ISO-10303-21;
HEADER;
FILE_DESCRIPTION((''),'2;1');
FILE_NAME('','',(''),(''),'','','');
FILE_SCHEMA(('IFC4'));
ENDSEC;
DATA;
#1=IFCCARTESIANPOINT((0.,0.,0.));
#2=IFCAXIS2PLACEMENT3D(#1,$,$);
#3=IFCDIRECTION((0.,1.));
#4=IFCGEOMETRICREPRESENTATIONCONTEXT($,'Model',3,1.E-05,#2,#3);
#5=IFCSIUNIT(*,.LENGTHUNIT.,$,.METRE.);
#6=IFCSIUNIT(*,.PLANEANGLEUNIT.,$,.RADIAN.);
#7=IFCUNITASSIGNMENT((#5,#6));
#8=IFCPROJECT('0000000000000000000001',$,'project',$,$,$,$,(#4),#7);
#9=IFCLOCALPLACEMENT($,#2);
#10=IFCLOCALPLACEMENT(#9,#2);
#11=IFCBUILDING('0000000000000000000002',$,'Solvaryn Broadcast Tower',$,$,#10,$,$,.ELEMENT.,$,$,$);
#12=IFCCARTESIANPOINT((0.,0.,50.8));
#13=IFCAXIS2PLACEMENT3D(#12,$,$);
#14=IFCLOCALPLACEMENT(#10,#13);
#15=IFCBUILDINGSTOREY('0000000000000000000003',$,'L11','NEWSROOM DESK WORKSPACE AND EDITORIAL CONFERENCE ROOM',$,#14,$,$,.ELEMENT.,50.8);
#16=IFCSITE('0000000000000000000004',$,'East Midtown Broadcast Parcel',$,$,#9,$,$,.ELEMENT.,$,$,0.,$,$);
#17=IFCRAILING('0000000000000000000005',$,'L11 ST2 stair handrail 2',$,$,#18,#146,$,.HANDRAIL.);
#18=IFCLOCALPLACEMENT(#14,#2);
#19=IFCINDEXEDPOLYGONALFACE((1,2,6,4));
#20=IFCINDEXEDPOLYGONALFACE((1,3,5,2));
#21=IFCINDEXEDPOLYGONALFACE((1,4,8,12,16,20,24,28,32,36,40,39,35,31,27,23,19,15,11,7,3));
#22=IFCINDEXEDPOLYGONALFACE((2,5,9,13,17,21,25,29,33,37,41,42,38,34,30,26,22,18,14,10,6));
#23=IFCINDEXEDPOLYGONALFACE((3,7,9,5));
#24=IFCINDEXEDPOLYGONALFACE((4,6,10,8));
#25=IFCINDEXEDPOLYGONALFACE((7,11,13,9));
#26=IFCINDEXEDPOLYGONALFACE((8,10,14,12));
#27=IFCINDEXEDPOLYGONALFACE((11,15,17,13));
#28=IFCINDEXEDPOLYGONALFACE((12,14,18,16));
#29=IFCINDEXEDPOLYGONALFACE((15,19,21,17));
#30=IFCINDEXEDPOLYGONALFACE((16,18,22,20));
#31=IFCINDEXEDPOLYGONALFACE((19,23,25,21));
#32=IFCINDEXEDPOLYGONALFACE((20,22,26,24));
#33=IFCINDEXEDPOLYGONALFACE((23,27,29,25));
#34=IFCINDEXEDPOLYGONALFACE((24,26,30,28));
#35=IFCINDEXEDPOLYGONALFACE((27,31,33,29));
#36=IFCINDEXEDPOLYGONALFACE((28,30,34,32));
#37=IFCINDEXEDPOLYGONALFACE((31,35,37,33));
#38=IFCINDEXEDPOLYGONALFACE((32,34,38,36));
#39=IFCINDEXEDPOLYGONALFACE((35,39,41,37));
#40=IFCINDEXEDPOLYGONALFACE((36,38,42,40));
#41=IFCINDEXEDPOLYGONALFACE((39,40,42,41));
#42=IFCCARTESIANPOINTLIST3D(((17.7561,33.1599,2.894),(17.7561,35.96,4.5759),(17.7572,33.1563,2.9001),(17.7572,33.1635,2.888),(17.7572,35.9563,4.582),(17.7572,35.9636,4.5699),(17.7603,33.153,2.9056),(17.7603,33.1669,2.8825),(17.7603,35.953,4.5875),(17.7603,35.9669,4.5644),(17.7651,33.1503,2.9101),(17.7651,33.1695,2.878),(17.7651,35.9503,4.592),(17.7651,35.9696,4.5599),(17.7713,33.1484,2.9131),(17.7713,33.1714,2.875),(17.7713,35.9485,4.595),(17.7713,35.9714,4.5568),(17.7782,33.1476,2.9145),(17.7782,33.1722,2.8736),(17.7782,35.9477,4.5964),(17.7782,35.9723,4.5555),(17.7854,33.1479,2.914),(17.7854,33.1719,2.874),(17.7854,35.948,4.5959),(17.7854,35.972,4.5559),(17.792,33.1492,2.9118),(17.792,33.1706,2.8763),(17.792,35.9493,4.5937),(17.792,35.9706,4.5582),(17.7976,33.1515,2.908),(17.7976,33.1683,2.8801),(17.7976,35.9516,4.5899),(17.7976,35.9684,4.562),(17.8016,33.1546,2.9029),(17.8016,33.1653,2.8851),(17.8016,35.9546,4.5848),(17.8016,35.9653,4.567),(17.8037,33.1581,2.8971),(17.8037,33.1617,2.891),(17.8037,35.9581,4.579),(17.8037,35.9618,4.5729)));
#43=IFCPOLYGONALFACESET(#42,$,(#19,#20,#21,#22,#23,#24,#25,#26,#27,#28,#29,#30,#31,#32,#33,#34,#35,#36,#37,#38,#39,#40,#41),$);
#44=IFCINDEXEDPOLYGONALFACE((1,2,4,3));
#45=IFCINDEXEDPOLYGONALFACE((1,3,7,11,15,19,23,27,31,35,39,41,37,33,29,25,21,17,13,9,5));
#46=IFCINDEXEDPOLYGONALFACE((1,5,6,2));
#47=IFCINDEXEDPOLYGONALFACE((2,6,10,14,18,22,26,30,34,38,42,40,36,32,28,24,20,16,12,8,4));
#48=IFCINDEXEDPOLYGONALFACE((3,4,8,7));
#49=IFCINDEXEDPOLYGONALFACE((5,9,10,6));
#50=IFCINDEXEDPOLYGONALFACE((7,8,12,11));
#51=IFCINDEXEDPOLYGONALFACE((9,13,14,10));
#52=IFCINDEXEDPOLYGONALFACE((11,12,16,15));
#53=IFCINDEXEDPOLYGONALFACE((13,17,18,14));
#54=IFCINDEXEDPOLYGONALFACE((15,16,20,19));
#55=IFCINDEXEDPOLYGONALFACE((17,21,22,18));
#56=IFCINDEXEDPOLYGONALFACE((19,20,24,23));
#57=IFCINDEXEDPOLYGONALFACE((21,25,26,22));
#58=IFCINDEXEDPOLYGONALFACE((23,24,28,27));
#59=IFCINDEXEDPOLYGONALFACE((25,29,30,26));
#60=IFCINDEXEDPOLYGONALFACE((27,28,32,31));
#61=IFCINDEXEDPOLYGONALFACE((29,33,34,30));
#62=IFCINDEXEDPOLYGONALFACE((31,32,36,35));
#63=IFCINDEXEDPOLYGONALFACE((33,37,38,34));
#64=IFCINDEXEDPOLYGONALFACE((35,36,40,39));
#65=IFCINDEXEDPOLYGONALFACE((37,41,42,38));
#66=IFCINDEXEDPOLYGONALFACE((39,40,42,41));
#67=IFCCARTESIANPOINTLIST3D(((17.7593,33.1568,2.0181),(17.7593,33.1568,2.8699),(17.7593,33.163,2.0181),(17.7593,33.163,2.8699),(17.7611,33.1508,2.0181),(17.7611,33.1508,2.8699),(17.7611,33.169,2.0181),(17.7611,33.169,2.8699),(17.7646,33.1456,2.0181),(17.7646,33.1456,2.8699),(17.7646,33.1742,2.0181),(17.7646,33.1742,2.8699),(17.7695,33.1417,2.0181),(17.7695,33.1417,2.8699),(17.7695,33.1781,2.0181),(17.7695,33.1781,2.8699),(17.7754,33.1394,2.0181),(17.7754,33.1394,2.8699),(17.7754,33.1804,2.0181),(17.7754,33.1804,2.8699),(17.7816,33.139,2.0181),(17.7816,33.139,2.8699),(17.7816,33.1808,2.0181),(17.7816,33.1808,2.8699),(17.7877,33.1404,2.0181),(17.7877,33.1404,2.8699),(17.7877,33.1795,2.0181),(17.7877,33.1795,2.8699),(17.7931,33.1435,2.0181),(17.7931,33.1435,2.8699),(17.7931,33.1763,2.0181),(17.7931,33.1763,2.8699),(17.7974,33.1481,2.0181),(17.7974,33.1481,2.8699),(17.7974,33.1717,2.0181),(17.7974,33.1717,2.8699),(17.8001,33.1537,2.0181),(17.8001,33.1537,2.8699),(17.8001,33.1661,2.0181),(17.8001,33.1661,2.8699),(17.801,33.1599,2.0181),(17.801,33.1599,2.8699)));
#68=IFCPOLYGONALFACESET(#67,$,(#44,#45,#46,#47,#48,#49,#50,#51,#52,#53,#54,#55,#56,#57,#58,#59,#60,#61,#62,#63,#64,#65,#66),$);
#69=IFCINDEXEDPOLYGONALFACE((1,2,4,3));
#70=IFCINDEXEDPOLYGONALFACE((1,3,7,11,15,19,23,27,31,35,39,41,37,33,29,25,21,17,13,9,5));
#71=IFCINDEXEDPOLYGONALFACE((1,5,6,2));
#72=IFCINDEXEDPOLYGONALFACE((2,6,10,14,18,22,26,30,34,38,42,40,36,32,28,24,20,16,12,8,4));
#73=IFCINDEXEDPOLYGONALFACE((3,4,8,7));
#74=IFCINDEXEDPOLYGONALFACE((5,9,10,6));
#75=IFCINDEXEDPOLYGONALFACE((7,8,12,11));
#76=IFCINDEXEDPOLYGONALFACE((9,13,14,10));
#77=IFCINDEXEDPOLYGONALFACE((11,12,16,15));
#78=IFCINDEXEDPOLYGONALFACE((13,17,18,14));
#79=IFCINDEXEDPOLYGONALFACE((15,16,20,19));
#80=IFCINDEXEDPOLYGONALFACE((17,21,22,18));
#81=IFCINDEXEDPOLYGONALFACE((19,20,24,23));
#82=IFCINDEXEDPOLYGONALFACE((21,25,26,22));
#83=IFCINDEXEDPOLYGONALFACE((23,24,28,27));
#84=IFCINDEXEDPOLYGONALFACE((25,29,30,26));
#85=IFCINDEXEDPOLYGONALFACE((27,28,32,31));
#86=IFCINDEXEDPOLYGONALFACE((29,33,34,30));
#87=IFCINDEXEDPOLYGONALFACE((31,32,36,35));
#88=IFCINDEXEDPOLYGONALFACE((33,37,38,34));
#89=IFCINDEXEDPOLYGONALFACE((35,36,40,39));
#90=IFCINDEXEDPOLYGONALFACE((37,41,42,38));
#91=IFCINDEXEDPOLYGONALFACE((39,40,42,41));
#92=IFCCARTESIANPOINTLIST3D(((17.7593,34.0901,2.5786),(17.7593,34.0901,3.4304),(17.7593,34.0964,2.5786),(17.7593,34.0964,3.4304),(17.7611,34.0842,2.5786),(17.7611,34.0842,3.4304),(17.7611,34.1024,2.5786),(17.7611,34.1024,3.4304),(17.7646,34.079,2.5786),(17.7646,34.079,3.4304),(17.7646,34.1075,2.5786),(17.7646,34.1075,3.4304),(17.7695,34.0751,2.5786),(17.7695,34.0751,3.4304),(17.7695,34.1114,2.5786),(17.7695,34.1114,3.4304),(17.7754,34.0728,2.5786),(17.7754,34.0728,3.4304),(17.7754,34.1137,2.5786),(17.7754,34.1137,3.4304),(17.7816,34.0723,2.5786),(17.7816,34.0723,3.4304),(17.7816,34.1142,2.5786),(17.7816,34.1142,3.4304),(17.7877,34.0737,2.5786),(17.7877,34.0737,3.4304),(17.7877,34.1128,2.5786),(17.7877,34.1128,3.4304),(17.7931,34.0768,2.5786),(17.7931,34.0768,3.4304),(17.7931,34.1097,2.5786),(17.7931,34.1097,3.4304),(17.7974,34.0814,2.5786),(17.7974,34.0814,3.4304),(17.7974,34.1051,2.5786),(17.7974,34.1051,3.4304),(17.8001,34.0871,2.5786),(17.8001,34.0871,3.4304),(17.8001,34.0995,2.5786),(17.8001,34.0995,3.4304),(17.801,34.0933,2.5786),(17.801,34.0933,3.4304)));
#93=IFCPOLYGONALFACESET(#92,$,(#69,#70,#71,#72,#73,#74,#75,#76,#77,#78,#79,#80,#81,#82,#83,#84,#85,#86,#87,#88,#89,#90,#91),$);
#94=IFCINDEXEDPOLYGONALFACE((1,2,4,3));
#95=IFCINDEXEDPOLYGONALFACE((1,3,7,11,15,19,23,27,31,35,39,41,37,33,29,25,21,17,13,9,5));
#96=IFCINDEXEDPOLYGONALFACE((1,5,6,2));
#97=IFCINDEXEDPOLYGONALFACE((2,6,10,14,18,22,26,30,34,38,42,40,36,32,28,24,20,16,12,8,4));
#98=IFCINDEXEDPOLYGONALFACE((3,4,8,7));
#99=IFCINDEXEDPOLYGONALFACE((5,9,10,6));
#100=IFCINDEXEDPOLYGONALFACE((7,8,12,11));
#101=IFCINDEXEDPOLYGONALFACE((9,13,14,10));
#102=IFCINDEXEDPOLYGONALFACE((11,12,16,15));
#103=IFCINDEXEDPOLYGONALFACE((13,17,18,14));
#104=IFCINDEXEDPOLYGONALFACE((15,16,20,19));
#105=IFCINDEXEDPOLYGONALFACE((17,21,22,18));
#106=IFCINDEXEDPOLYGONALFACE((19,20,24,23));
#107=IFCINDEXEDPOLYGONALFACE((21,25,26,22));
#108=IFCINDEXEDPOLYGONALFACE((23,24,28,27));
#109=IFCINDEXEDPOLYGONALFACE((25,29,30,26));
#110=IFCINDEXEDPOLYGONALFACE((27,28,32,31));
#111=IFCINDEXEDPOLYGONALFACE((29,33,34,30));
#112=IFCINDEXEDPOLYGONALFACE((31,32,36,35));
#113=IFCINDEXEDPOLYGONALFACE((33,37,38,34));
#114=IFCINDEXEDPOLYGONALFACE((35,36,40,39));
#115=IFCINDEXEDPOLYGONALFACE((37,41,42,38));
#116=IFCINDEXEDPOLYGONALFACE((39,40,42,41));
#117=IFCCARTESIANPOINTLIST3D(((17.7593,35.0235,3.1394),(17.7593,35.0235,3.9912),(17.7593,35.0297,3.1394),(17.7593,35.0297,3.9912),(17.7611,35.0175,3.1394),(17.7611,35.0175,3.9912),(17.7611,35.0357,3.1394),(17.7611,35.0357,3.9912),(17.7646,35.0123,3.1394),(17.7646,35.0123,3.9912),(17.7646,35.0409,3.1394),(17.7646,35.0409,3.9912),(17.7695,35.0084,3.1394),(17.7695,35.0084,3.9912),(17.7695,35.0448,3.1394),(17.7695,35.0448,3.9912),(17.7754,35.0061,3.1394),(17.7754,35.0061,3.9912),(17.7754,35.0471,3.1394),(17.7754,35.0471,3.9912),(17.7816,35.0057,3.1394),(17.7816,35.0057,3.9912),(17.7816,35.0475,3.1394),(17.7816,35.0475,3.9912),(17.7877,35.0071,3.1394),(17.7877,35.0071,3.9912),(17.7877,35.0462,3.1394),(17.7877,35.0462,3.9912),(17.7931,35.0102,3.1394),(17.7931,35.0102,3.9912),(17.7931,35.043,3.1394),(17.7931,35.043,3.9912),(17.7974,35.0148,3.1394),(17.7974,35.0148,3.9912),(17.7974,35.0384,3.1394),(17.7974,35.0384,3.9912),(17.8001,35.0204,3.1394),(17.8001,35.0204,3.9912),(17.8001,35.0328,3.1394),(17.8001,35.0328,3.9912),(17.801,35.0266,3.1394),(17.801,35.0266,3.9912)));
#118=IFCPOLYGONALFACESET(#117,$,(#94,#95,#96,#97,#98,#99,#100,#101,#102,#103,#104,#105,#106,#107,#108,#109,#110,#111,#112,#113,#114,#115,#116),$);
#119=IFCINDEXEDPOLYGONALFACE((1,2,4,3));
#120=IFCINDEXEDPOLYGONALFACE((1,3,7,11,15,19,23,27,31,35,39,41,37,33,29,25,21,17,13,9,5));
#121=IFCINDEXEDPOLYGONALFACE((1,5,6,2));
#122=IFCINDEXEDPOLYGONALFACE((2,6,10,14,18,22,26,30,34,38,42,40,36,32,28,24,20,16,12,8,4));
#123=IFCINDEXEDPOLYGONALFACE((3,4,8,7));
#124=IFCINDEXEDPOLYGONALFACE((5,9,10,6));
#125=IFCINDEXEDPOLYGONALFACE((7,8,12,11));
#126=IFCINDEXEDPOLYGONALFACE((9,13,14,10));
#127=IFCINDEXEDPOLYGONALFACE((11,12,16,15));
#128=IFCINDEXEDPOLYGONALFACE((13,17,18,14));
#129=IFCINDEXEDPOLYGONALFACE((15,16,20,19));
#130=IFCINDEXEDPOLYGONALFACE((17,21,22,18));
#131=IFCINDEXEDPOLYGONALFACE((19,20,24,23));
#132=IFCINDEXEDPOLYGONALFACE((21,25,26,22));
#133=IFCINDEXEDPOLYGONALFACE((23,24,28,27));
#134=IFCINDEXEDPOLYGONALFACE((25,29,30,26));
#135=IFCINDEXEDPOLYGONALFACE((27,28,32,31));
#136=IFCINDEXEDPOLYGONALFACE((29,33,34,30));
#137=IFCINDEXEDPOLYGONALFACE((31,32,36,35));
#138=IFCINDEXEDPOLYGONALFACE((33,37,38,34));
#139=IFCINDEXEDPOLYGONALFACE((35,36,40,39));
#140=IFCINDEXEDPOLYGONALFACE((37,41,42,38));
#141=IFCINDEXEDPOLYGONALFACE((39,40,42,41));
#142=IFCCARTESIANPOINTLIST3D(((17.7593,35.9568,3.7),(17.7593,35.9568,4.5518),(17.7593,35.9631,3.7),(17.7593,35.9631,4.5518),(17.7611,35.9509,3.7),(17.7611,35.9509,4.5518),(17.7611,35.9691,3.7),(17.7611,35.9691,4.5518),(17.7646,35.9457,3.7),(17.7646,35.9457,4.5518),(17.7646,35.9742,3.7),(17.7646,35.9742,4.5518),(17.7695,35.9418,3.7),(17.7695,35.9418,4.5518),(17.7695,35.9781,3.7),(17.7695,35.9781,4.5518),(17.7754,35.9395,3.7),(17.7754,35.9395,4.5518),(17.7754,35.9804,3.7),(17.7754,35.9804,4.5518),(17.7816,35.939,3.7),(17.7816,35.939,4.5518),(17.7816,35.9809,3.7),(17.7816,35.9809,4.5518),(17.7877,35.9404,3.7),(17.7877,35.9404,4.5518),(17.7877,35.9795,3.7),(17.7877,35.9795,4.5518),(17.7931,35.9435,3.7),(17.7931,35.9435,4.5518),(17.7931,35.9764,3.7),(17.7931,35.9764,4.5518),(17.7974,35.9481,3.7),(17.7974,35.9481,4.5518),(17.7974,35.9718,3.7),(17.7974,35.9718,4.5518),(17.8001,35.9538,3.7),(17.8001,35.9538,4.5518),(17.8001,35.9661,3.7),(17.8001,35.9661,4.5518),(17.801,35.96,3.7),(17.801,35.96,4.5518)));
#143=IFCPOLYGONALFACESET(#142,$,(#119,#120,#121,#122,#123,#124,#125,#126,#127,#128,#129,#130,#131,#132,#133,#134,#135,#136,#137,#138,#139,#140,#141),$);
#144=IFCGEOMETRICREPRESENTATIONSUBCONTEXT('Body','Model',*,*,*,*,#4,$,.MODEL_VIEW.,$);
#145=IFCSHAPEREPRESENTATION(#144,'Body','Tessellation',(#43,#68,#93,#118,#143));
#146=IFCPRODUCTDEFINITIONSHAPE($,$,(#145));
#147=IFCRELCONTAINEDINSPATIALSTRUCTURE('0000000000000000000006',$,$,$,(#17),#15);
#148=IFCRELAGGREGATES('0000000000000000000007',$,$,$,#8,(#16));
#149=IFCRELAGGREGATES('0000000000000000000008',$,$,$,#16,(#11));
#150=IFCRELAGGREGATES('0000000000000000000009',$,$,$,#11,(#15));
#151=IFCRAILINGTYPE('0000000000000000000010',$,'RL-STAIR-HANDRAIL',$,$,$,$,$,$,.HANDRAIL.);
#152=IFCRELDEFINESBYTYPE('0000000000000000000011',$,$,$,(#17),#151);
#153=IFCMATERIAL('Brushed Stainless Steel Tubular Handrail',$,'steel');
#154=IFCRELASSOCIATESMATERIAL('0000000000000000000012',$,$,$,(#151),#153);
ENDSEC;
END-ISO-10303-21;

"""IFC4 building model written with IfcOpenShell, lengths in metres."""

from ifc_helpers import new_model, si_unit, direction, frame, origin, origin_2d, place, context, subcontext, project, spatial, circle, extrude, material, type_object, element, save


model = new_model("IFC4")

# Units and contexts
model_context = context("Model", 3, precision=1e-05, world=origin(), true_north=direction((0.0, 1.0)))
body_context = subcontext(model_context, "Body", "Model", "MODEL_VIEW")
ifc_project = project(units=[si_unit("LENGTHUNIT", "METRE"), si_unit("PLANEANGLEUNIT", "RADIAN")], contexts=[model_context])

# Site, building, storey
site_placement = place(None, origin())
site = spatial("IfcSite", under=ifc_project, at=site_placement, Name="East Midtown Broadcast Parcel", CompositionType="ELEMENT", RefElevation=0.0)
building_placement = place(site_placement, origin())
building = spatial("IfcBuilding", under=site, at=building_placement, Name="Solvaryn Broadcast Tower", CompositionType="ELEMENT")
storey_placement = place(building_placement, frame((0.0, 0.0, 50.8)))
storey = spatial("IfcBuildingStorey", under=building, at=storey_placement, Name="L11", Description="NEWSROOM DESK WORKSPACE AND EDITORIAL CONFERENCE ROOM", CompositionType="ELEMENT", Elevation=50.8)

# Railing
ifc_material_1 = material(Name="Brushed Stainless Steel Tubular Handrail", Category="steel")
railing_type_1 = type_object("IfcRailingType", Name="RL-STAIR-HANDRAIL", PredefinedType="HANDRAIL", material=ifc_material_1)
railing_1_placement = place(storey_placement, frame((17.78, 33.1599, 2.0181)))
element("IfcRailing", 1, at=railing_1_placement, inside=storey, type_object=railing_type_1, Name="L11 ST2 stair handrail 2", PredefinedType="HANDRAIL", context=body_context, shape_type="SweptSolid", body=[
    extrude(circle(Radius=0.0239, at=origin_2d()), frame((0.0, 0.0, 0.876), z_axis=(0.0, 0.857242, 0.514913), x_axis=(-1.0, 0.0, 0.0)), (0.0, 0.0, 1.0), 3.2664),
    extrude(circle(Radius=0.021, at=origin_2d()), origin(), (0.0, 0.0, 1.0), 0.8518),
    extrude(circle(Radius=0.021, at=origin_2d()), frame((0.0, 0.9333, 0.5605)), (0.0, 0.0, 1.0), 0.8518),
    extrude(circle(Radius=0.021, at=origin_2d()), frame((0.0, 1.8667, 1.1213)), (0.0, 0.0, 1.0), 0.8518),
    extrude(circle(Radius=0.021, at=origin_2d()), frame((0.0, 2.8, 1.6819)), (0.0, 0.0, 1.0), 0.8518),
])

save(model, "model.ifc")
